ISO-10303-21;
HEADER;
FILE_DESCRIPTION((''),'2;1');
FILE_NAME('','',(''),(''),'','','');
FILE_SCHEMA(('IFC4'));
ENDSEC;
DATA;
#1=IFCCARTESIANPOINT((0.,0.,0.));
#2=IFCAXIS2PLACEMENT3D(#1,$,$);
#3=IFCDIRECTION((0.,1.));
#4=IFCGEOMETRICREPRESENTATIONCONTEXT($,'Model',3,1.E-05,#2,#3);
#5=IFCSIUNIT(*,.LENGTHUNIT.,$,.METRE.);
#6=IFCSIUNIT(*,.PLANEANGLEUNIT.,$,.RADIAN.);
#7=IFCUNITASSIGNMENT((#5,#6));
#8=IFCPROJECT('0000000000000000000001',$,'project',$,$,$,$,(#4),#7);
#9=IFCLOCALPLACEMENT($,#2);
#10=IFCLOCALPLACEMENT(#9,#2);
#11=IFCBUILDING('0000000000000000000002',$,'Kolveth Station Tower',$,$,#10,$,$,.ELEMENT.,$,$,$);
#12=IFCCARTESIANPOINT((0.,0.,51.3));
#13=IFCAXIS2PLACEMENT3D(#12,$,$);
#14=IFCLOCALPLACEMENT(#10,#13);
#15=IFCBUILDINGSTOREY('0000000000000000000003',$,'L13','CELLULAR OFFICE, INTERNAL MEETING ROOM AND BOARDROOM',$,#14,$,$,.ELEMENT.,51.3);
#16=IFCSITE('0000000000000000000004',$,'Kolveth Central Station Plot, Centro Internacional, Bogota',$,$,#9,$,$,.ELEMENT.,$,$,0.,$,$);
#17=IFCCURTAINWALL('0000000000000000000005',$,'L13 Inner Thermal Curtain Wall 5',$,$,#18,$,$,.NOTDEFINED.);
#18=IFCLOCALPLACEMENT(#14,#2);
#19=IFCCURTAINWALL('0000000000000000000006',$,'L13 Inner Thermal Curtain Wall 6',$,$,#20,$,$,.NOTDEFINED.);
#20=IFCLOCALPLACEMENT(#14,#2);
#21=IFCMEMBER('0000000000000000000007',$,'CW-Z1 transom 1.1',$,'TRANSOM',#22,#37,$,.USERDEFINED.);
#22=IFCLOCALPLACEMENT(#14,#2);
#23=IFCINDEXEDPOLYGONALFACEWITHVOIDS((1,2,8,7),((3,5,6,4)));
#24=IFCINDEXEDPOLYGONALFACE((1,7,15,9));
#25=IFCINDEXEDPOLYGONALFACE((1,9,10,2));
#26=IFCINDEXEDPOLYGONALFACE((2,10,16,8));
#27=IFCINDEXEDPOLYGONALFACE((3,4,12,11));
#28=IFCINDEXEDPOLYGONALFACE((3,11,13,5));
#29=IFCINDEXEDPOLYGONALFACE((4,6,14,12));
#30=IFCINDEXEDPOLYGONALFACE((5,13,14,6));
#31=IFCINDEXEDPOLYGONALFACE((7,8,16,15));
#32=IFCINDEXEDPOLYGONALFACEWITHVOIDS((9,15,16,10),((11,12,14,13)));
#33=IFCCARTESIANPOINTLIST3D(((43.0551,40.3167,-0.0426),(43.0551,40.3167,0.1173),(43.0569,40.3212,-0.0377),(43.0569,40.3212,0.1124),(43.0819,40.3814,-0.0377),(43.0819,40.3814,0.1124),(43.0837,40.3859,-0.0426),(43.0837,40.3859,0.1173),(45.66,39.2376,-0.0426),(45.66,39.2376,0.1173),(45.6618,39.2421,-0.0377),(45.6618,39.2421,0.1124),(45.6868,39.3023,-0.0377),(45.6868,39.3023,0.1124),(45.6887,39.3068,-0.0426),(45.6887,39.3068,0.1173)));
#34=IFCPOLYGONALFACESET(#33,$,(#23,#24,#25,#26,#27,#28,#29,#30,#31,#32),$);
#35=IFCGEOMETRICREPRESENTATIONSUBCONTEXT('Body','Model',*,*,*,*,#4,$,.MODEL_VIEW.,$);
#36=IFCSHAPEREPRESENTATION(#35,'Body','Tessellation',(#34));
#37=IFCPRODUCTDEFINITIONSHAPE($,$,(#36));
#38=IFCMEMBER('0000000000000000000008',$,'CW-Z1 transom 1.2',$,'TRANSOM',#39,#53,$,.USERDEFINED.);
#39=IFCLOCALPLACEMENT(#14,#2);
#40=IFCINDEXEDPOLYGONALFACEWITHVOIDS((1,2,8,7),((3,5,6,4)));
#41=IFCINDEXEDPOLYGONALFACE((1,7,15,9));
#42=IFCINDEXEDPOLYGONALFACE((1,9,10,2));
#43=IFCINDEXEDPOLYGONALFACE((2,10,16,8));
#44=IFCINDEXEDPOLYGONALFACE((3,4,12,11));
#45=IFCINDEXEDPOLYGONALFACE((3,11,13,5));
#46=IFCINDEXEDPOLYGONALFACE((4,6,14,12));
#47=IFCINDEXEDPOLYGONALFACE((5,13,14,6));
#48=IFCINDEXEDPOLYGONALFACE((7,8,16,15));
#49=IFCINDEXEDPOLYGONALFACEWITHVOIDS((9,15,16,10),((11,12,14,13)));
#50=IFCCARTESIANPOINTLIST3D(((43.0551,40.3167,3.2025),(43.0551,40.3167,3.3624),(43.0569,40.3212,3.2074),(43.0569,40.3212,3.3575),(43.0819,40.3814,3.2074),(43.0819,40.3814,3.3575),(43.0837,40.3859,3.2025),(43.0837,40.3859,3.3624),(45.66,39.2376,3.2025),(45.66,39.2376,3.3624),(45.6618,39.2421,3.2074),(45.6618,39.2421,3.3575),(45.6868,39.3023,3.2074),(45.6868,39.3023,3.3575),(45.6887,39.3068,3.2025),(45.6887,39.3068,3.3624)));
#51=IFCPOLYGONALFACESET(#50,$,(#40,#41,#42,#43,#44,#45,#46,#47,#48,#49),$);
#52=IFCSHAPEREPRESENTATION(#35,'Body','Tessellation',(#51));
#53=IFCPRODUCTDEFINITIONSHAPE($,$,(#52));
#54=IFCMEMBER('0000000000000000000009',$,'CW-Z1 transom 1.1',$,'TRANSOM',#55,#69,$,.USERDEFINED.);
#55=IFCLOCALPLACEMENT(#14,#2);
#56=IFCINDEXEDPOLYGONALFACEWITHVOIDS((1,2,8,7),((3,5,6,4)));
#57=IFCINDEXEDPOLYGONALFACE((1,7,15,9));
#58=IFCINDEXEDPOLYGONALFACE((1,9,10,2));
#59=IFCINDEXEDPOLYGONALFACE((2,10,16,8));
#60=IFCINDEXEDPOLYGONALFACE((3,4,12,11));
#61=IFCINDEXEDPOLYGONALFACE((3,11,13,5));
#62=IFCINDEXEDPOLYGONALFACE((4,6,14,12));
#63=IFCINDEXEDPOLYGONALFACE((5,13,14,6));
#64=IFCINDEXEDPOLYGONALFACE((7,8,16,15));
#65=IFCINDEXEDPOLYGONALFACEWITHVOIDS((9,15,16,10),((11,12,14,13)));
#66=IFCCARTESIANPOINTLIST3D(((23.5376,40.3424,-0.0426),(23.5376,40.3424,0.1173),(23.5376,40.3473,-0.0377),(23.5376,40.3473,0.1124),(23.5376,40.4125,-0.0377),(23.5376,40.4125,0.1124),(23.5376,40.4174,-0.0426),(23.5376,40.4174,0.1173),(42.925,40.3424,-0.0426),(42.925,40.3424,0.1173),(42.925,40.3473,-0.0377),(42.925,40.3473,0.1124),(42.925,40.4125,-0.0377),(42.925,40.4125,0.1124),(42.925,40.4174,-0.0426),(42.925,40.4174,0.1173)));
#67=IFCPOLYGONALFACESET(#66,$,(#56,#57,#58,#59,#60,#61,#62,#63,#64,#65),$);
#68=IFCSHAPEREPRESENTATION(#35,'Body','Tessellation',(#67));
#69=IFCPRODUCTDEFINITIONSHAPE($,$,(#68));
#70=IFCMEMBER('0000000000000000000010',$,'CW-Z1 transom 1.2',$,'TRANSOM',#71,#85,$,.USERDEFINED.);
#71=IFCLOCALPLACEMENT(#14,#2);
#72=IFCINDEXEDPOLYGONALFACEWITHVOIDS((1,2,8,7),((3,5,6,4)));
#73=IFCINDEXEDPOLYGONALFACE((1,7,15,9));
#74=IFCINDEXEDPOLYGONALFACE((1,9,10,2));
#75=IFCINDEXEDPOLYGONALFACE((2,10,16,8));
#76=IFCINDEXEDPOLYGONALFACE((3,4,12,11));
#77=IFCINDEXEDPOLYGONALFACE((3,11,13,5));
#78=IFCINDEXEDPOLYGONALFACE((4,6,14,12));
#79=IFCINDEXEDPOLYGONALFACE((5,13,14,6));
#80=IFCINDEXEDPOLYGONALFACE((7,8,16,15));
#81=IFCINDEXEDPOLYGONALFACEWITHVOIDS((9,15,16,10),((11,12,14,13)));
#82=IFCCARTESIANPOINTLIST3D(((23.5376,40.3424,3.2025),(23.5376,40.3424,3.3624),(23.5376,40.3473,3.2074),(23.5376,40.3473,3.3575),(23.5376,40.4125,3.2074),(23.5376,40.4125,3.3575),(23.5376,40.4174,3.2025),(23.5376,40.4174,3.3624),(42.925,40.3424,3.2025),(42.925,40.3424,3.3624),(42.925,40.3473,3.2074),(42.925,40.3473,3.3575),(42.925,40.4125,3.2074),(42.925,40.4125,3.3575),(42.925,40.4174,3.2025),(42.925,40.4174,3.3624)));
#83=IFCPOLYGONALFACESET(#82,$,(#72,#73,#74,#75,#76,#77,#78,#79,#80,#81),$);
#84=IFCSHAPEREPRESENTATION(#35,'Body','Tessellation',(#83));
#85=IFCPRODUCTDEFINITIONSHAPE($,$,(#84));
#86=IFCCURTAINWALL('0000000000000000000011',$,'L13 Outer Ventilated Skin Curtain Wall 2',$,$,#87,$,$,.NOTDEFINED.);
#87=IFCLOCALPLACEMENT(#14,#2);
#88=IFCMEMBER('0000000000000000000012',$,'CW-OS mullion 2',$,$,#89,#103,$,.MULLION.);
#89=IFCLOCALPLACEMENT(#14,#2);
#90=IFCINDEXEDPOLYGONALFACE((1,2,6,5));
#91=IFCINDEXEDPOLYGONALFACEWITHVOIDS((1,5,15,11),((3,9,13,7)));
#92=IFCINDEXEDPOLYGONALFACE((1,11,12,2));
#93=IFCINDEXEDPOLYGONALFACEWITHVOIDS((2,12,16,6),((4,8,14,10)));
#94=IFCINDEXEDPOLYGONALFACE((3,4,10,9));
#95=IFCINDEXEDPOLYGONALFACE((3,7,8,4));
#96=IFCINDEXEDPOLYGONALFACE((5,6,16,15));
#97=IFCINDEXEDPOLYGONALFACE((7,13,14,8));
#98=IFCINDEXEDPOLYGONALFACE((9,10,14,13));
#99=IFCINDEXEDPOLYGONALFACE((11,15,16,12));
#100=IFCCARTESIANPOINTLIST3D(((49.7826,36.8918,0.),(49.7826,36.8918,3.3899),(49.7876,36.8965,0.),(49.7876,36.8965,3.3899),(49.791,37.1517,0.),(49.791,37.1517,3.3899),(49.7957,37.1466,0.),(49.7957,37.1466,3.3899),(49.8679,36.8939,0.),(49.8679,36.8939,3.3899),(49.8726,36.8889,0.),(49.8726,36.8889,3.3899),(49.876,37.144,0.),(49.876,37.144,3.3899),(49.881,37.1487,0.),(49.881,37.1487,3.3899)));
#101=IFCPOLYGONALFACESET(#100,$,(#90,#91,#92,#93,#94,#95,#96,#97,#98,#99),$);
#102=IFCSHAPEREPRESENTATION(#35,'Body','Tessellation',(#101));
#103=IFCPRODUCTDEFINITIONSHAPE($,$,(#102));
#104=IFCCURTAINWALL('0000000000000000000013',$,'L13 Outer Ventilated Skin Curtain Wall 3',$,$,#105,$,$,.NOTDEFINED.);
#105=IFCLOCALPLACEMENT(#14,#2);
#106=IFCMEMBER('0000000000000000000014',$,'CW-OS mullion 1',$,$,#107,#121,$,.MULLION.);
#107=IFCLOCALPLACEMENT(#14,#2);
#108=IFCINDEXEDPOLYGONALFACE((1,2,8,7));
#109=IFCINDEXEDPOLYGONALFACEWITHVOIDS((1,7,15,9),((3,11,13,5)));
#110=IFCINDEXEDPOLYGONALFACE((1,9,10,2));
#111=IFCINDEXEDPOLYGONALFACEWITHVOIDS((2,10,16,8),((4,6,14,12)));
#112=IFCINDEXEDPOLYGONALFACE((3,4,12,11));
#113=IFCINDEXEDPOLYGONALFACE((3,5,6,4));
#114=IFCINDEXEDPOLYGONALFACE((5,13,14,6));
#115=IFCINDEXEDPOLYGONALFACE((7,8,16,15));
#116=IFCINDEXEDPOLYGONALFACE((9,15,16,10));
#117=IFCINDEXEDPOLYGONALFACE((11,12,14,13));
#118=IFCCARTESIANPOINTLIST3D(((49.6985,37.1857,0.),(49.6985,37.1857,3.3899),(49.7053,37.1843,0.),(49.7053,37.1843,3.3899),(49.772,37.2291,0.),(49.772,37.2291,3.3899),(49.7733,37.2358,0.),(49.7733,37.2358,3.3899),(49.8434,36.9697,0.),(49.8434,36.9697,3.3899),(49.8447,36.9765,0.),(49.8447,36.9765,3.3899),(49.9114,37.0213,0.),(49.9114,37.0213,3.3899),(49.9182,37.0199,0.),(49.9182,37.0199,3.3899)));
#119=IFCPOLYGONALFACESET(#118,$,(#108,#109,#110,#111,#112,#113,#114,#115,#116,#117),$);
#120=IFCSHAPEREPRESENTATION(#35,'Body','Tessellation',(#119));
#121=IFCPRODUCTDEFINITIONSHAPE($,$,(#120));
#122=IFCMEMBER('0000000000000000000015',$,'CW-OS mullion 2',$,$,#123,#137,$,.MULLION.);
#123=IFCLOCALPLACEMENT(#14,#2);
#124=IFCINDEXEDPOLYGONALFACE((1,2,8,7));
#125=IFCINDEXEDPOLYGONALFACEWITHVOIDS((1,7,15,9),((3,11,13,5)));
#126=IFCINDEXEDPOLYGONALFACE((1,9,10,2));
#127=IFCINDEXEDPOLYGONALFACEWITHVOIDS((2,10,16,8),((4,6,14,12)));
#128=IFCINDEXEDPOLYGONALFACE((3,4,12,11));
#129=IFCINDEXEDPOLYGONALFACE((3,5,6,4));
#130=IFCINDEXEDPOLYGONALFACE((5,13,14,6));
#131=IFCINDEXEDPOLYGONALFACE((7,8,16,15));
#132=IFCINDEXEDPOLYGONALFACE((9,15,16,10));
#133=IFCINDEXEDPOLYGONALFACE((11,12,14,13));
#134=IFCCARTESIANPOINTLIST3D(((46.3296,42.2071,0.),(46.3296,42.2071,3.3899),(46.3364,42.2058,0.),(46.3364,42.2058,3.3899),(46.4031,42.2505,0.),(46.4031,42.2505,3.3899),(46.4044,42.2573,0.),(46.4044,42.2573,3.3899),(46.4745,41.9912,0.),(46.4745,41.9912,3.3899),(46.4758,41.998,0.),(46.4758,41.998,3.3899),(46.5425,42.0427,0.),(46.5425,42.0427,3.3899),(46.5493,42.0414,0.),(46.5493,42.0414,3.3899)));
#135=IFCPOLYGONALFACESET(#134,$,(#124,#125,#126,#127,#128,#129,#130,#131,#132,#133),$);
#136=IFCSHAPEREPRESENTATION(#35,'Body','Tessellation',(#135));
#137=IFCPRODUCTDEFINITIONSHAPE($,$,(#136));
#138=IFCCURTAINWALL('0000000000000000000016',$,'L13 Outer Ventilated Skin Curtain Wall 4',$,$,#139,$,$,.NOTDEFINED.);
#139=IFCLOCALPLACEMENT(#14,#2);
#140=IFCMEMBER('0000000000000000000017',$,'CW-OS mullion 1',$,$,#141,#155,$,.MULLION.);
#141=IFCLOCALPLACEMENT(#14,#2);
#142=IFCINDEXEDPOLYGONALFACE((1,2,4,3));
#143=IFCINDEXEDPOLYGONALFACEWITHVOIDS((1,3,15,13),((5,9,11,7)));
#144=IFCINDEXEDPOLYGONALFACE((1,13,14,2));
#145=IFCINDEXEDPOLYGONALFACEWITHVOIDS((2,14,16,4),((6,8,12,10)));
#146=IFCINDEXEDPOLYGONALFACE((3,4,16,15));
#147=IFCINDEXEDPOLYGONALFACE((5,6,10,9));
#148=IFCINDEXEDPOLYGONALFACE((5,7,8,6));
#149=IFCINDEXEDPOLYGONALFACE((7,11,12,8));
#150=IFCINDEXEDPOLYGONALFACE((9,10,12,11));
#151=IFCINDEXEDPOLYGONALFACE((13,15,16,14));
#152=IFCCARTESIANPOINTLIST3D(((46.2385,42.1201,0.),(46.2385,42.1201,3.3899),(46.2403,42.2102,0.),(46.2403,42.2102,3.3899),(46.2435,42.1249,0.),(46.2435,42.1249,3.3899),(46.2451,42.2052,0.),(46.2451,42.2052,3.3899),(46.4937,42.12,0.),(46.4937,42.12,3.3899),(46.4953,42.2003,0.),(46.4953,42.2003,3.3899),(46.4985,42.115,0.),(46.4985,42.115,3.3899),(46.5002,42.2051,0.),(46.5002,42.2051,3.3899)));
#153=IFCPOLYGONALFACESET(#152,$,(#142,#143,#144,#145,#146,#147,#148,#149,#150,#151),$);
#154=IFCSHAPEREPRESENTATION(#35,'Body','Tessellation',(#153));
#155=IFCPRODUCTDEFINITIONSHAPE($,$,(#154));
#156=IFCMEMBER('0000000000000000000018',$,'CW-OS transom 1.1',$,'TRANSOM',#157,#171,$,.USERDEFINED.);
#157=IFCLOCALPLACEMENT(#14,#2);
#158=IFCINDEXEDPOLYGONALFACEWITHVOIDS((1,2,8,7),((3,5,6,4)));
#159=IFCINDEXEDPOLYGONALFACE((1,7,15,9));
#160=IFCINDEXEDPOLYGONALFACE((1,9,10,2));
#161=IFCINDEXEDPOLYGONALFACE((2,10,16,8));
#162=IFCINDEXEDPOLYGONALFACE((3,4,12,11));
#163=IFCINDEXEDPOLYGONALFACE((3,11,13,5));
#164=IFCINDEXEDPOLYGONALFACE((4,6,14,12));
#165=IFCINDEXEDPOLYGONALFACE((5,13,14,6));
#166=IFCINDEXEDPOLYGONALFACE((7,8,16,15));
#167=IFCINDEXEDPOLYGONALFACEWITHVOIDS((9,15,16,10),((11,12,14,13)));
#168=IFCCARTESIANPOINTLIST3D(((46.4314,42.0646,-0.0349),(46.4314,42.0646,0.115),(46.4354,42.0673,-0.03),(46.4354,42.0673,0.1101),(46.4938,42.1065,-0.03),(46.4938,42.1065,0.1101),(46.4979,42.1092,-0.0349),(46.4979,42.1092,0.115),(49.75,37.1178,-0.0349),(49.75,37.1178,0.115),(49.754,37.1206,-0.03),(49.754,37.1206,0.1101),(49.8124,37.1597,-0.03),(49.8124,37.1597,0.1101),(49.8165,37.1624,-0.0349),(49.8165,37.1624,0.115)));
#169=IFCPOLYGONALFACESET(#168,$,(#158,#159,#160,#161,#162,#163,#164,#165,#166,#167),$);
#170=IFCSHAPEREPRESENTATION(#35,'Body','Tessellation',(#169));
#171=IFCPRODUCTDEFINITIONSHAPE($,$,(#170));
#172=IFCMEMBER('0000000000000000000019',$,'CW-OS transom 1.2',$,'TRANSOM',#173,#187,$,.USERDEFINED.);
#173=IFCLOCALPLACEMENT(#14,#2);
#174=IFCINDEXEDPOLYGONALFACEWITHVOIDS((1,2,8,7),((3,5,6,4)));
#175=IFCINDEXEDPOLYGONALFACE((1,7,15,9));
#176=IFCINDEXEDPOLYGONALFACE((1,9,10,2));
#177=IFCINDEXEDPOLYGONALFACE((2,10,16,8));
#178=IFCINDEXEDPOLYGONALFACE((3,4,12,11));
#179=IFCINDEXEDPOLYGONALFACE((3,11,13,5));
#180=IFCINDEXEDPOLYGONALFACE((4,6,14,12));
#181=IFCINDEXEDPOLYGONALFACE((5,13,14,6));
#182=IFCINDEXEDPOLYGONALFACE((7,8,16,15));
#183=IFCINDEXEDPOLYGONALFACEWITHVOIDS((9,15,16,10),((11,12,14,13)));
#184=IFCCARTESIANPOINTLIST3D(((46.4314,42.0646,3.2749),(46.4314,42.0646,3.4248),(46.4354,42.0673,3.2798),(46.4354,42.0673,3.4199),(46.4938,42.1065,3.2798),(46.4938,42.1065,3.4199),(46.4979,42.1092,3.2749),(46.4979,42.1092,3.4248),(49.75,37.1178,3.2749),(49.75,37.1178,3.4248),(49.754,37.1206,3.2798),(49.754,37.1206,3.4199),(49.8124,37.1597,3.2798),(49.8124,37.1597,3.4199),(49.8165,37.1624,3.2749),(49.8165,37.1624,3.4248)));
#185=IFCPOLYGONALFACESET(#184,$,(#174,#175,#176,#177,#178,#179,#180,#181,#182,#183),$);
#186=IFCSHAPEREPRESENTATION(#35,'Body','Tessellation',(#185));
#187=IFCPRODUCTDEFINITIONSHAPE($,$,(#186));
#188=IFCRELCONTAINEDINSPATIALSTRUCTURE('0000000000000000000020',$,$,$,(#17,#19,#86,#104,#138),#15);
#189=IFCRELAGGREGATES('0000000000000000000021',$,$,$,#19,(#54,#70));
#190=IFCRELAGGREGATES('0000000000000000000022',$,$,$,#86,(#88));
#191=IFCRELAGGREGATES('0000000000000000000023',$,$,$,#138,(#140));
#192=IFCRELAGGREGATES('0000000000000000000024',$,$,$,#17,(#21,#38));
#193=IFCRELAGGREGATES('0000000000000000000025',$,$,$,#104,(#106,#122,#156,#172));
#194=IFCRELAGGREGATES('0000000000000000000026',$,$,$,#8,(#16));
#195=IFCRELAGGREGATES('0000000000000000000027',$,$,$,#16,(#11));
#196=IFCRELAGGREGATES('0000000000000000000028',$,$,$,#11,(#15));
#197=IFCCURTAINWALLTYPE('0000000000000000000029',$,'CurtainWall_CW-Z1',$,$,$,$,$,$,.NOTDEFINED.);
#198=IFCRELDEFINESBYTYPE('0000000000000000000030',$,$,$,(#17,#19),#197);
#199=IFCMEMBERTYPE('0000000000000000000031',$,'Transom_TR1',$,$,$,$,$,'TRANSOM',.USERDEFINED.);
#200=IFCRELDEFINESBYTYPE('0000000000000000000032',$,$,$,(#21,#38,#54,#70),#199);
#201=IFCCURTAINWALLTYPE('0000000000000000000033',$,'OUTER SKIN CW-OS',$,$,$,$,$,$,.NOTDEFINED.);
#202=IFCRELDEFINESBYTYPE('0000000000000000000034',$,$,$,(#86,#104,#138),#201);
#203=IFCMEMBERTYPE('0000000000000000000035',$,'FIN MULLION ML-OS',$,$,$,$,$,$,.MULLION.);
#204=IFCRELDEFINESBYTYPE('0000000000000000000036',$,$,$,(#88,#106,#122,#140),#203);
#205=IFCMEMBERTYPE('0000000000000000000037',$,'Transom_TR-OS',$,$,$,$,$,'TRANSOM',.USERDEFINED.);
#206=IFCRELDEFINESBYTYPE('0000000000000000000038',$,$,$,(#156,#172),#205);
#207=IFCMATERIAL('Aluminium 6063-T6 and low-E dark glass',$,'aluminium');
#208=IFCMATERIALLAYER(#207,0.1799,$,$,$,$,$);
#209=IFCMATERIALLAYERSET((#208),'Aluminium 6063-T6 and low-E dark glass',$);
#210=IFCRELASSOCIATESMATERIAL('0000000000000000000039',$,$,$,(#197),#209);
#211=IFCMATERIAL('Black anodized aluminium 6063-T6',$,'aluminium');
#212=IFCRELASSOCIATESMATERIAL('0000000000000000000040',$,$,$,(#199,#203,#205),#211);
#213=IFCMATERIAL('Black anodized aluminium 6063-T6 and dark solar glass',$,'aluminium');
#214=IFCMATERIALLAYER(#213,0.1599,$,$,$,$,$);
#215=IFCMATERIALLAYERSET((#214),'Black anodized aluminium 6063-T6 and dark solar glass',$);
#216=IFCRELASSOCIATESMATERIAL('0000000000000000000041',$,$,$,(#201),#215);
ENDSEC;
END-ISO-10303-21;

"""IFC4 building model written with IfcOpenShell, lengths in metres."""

from ifc_helpers import new_model, si_unit, direction, frame, origin, origin_2d, place, context, subcontext, project, spatial, hollow_rectangle, extrude, source, transform, mapped, material, layer, layer_set, material_profile, profile_set, type_object, element, aggregate, save


model = new_model("IFC4")

# Units and contexts
model_context = context("Model", 3, precision=1e-05, world=origin(), true_north=direction((0.0, 1.0)))
body_context = subcontext(model_context, "Body", "Model", "MODEL_VIEW")
ifc_project = project(units=[si_unit("LENGTHUNIT", "METRE"), si_unit("PLANEANGLEUNIT", "RADIAN")], contexts=[model_context])

# Site, building, storey
site_placement = place(None, origin())
site = spatial("IfcSite", under=ifc_project, at=site_placement, Name="Kolveth Central Station Plot, Centro Internacional, Bogota", CompositionType="ELEMENT", RefElevation=0.0)
building_placement = place(site_placement, origin())
building = spatial("IfcBuilding", under=site, at=building_placement, Name="Kolveth Station Tower", CompositionType="ELEMENT")
storey_placement = place(building_placement, frame((0.0, 0.0, 51.3)))
storey = spatial("IfcBuildingStorey", under=building, at=storey_placement, Name="L13", Description="CELLULAR OFFICE, INTERNAL MEETING ROOM AND BOARDROOM", CompositionType="ELEMENT", Elevation=51.3)

# Shared definitions
ifc_material_1 = material(Name="Aluminium 6063-T6 and low-E dark glass", Category="aluminium")
ifc_layer_1 = layer(ifc_material_1, 0.1799)
ifc_layer_set_1 = layer_set([ifc_layer_1], Name="Aluminium 6063-T6 and low-E dark glass")
curtain_wall_type_1 = type_object("IfcCurtainWallType", Name="CurtainWall_CW-Z1", PredefinedType="NOTDEFINED", material=ifc_layer_set_1)
ifc_material_2 = material(Name="Black anodized aluminium 6063-T6", Category="aluminium")

# Curtain wall
curtain_wall_1_placement = place(storey_placement, origin())
curtain_wall_1 = element("IfcCurtainWall", 1, at=curtain_wall_1_placement, inside=storey, type_object=curtain_wall_type_1, Name="L13 Inner Thermal Curtain Wall 5", PredefinedType="NOTDEFINED")

# Curtain wall
curtain_wall_2_placement = place(storey_placement, origin())
curtain_wall_2 = element("IfcCurtainWall", 2, at=curtain_wall_2_placement, inside=storey, type_object=curtain_wall_type_1, Name="L13 Inner Thermal Curtain Wall 6", PredefinedType="NOTDEFINED")

# Members
ifc_material_profile_1 = material_profile(ifc_material_2, hollow_rectangle(XDim=0.075, YDim=0.1599, WallThickness=0.0049, at=origin_2d()), Name="ALU-75x160x5")
ifc_profile_set_1 = profile_set([ifc_material_profile_1], Name="Black anodized aluminium 6063-T6")
member_type_1 = type_object("IfcMemberType", Name="Transom_TR1", ElementType="TRANSOM", PredefinedType="USERDEFINED", material=ifc_profile_set_1)
shared_shape_1 = source(origin(), body_context, "Body", "SweptSolid", [
    extrude(hollow_rectangle(XDim=0.075, YDim=0.1599, WallThickness=0.0049, at=origin_2d()), origin(), (0.0, 0.0, 1.0), 2.8196),
])
member_1_placement = place(storey_placement, frame((45.6743, 39.2722, 0.0374), z_axis=(-0.923869, 0.382709, 0.0), x_axis=(-0.382709, -0.923869, 0.0)))
member_1 = element("IfcMember", 3, at=member_1_placement, type_object=member_type_1, Name="CW-Z1 transom 1.1", ObjectType="TRANSOM", PredefinedType="USERDEFINED", context=body_context, shape_type="MappedRepresentation", body=[
    mapped(shared_shape_1, transform((0.0, 0.0, 0.0), x_axis=(1.0, 0.0, 0.0), y_axis=(0.0, 1.0, 0.0), z_axis=(0.0, 0.0, 1.0), scale=1.0)),
])
member_2_placement = place(storey_placement, frame((45.6743, 39.2722, 3.2825), z_axis=(-0.923869, 0.382709, 0.0), x_axis=(-0.382709, -0.923869, 0.0)))
member_2 = element("IfcMember", 4, at=member_2_placement, type_object=member_type_1, Name="CW-Z1 transom 1.2", ObjectType="TRANSOM", PredefinedType="USERDEFINED", context=body_context, shape_type="MappedRepresentation", body=[
    mapped(shared_shape_1, transform((0.0, 0.0, 0.0), x_axis=(1.0, 0.0, 0.0), y_axis=(0.0, 1.0, 0.0), z_axis=(0.0, 0.0, 1.0), scale=1.0)),
])
shared_shape_2 = source(origin(), body_context, "Body", "SweptSolid", [
    extrude(hollow_rectangle(XDim=0.075, YDim=0.1599, WallThickness=0.0049, at=origin_2d()), origin(), (0.0, 0.0, 1.0), 19.3875),
])
member_3_placement = place(storey_placement, frame((42.925, 40.3799, 0.0374), z_axis=(-1.0, 0.0, 0.0), x_axis=(0.0, -1.0, 0.0)))
member_3 = element("IfcMember", 5, at=member_3_placement, type_object=member_type_1, Name="CW-Z1 transom 1.1", ObjectType="TRANSOM", PredefinedType="USERDEFINED", context=body_context, shape_type="MappedRepresentation", body=[
    mapped(shared_shape_2, transform((0.0, 0.0, 0.0), x_axis=(1.0, 0.0, 0.0), y_axis=(0.0, 1.0, 0.0), z_axis=(0.0, 0.0, 1.0), scale=1.0)),
])
member_4_placement = place(storey_placement, frame((42.925, 40.3799, 3.2825), z_axis=(-1.0, 0.0, 0.0), x_axis=(0.0, -1.0, 0.0)))
member_4 = element("IfcMember", 6, at=member_4_placement, type_object=member_type_1, Name="CW-Z1 transom 1.2", ObjectType="TRANSOM", PredefinedType="USERDEFINED", context=body_context, shape_type="MappedRepresentation", body=[
    mapped(shared_shape_2, transform((0.0, 0.0, 0.0), x_axis=(1.0, 0.0, 0.0), y_axis=(0.0, 1.0, 0.0), z_axis=(0.0, 0.0, 1.0), scale=1.0)),
])
aggregate(curtain_wall_2, [member_3, member_4])

# Curtain wall, member
ifc_material_3 = material(Name="Black anodized aluminium 6063-T6 and dark solar glass", Category="aluminium")
ifc_layer_2 = layer(ifc_material_3, 0.1599)
ifc_layer_set_2 = layer_set([ifc_layer_2], Name="Black anodized aluminium 6063-T6 and dark solar glass")
curtain_wall_type_2 = type_object("IfcCurtainWallType", Name="OUTER SKIN CW-OS", PredefinedType="NOTDEFINED", material=ifc_layer_set_2)
curtain_wall_3_placement = place(storey_placement, origin())
curtain_wall_3 = element("IfcCurtainWall", 7, at=curtain_wall_3_placement, inside=storey, type_object=curtain_wall_type_2, Name="L13 Outer Ventilated Skin Curtain Wall 2", PredefinedType="NOTDEFINED")
ifc_material_profile_2 = material_profile(ifc_material_2, hollow_rectangle(XDim=0.0901, YDim=0.26, WallThickness=0.0049, at=origin_2d()), Name="ALU-90x260x5")
ifc_profile_set_2 = profile_set([ifc_material_profile_2], Name="Black anodized aluminium 6063-T6")
member_type_2 = type_object("IfcMemberType", Name="FIN MULLION ML-OS", PredefinedType="MULLION", material=ifc_profile_set_2)
shared_shape_3 = source(origin(), body_context, "Body", "SweptSolid", [
    extrude(hollow_rectangle(XDim=0.0901, YDim=0.26, WallThickness=0.0049, at=origin_2d()), origin(), (0.0, 0.0, 1.0), 3.3899),
])
member_5_placement = place(storey_placement, frame((49.8318, 37.0203, 0.0), z_axis=(0.0, 0.0, 1.0), x_axis=(-0.999476, 0.032366, 0.0)))
member_5 = element("IfcMember", 8, at=member_5_placement, type_object=member_type_2, Name="CW-OS mullion 2", PredefinedType="MULLION", context=body_context, shape_type="MappedRepresentation", body=[
    mapped(shared_shape_3, transform((0.0, 0.0, 0.0), x_axis=(1.0, 0.0, 0.0), y_axis=(0.0, 1.0, 0.0), z_axis=(0.0, 0.0, 1.0), scale=1.0)),
])
aggregate(curtain_wall_3, [member_5])

# Curtain wall, members
curtain_wall_4_placement = place(storey_placement, origin())
curtain_wall_4 = element("IfcCurtainWall", 9, at=curtain_wall_4_placement, inside=storey, type_object=curtain_wall_type_2, Name="L13 Outer Ventilated Skin Curtain Wall 3", PredefinedType="NOTDEFINED")
member_6_placement = place(storey_placement, frame((49.8083, 37.1028, 0.0), z_axis=(0.0, 0.0, 1.0), x_axis=(-0.830445, -0.557101, 0.0)))
member_6 = element("IfcMember", 10, at=member_6_placement, type_object=member_type_2, Name="CW-OS mullion 1", PredefinedType="MULLION", context=body_context, shape_type="MappedRepresentation", body=[
    mapped(shared_shape_3, transform((0.0, 0.0, 0.0), x_axis=(1.0, 0.0, 0.0), y_axis=(0.0, 1.0, 0.0), z_axis=(0.0, 0.0, 1.0), scale=1.0)),
])
member_7_placement = place(storey_placement, frame((46.4395, 42.1243, 0.0), z_axis=(0.0, 0.0, 1.0), x_axis=(-0.830445, -0.557101, 0.0)))
member_7 = element("IfcMember", 11, at=member_7_placement, type_object=member_type_2, Name="CW-OS mullion 2", PredefinedType="MULLION", context=body_context, shape_type="MappedRepresentation", body=[
    mapped(shared_shape_3, transform((0.0, 0.0, 0.0), x_axis=(1.0, 0.0, 0.0), y_axis=(0.0, 1.0, 0.0), z_axis=(0.0, 0.0, 1.0), scale=1.0)),
])

# Curtain wall, member
curtain_wall_5_placement = place(storey_placement, origin())
curtain_wall_5 = element("IfcCurtainWall", 12, at=curtain_wall_5_placement, inside=storey, type_object=curtain_wall_type_2, Name="L13 Outer Ventilated Skin Curtain Wall 4", PredefinedType="NOTDEFINED")
member_8_placement = place(storey_placement, frame((46.3694, 42.1626, 0.0), z_axis=(0.0, 0.0, 1.0), x_axis=(-0.019614, -0.999808, 0.0)))
member_8 = element("IfcMember", 13, at=member_8_placement, type_object=member_type_2, Name="CW-OS mullion 1", PredefinedType="MULLION", context=body_context, shape_type="MappedRepresentation", body=[
    mapped(shared_shape_3, transform((0.0, 0.0, 0.0), x_axis=(1.0, 0.0, 0.0), y_axis=(0.0, 1.0, 0.0), z_axis=(0.0, 0.0, 1.0), scale=1.0)),
])

# Members
ifc_material_profile_3 = material_profile(ifc_material_2, hollow_rectangle(XDim=0.0801, YDim=0.1499, WallThickness=0.0049, at=origin_2d()), Name="ALU-80x150x5")
ifc_profile_set_3 = profile_set([ifc_material_profile_3], Name="Black anodized aluminium 6063-T6")
member_type_3 = type_object("IfcMemberType", Name="Transom_TR-OS", ElementType="TRANSOM", PredefinedType="USERDEFINED", material=ifc_profile_set_3)
shared_shape_4 = source(origin(), body_context, "Body", "SweptSolid", [
    extrude(hollow_rectangle(XDim=0.0801, YDim=0.1499, WallThickness=0.0049, at=origin_2d()), origin(), (0.0, 0.0, 1.0), 5.9568),
])
member_9_placement = place(storey_placement, frame((49.7832, 37.1401, 0.04), z_axis=(-0.55711, 0.830439, 0.0), x_axis=(-0.830439, -0.55711, 0.0)))
member_9 = element("IfcMember", 14, at=member_9_placement, type_object=member_type_3, Name="CW-OS transom 1.1", ObjectType="TRANSOM", PredefinedType="USERDEFINED", context=body_context, shape_type="MappedRepresentation", body=[
    mapped(shared_shape_4, transform((0.0, 0.0, 0.0), x_axis=(1.0, 0.0, 0.0), y_axis=(0.0, 1.0, 0.0), z_axis=(0.0, 0.0, 1.0), scale=1.0)),
])
member_10_placement = place(storey_placement, frame((49.7832, 37.1401, 3.3499), z_axis=(-0.55711, 0.830439, 0.0), x_axis=(-0.830439, -0.55711, 0.0)))
member_10 = element("IfcMember", 15, at=member_10_placement, type_object=member_type_3, Name="CW-OS transom 1.2", ObjectType="TRANSOM", PredefinedType="USERDEFINED", context=body_context, shape_type="MappedRepresentation", body=[
    mapped(shared_shape_4, transform((0.0, 0.0, 0.0), x_axis=(1.0, 0.0, 0.0), y_axis=(0.0, 1.0, 0.0), z_axis=(0.0, 0.0, 1.0), scale=1.0)),
])
aggregate(curtain_wall_5, [member_8])

aggregate(curtain_wall_1, [member_1, member_2])
aggregate(curtain_wall_4, [member_6, member_7, member_9, member_10])

save(model, "model.ifc")
